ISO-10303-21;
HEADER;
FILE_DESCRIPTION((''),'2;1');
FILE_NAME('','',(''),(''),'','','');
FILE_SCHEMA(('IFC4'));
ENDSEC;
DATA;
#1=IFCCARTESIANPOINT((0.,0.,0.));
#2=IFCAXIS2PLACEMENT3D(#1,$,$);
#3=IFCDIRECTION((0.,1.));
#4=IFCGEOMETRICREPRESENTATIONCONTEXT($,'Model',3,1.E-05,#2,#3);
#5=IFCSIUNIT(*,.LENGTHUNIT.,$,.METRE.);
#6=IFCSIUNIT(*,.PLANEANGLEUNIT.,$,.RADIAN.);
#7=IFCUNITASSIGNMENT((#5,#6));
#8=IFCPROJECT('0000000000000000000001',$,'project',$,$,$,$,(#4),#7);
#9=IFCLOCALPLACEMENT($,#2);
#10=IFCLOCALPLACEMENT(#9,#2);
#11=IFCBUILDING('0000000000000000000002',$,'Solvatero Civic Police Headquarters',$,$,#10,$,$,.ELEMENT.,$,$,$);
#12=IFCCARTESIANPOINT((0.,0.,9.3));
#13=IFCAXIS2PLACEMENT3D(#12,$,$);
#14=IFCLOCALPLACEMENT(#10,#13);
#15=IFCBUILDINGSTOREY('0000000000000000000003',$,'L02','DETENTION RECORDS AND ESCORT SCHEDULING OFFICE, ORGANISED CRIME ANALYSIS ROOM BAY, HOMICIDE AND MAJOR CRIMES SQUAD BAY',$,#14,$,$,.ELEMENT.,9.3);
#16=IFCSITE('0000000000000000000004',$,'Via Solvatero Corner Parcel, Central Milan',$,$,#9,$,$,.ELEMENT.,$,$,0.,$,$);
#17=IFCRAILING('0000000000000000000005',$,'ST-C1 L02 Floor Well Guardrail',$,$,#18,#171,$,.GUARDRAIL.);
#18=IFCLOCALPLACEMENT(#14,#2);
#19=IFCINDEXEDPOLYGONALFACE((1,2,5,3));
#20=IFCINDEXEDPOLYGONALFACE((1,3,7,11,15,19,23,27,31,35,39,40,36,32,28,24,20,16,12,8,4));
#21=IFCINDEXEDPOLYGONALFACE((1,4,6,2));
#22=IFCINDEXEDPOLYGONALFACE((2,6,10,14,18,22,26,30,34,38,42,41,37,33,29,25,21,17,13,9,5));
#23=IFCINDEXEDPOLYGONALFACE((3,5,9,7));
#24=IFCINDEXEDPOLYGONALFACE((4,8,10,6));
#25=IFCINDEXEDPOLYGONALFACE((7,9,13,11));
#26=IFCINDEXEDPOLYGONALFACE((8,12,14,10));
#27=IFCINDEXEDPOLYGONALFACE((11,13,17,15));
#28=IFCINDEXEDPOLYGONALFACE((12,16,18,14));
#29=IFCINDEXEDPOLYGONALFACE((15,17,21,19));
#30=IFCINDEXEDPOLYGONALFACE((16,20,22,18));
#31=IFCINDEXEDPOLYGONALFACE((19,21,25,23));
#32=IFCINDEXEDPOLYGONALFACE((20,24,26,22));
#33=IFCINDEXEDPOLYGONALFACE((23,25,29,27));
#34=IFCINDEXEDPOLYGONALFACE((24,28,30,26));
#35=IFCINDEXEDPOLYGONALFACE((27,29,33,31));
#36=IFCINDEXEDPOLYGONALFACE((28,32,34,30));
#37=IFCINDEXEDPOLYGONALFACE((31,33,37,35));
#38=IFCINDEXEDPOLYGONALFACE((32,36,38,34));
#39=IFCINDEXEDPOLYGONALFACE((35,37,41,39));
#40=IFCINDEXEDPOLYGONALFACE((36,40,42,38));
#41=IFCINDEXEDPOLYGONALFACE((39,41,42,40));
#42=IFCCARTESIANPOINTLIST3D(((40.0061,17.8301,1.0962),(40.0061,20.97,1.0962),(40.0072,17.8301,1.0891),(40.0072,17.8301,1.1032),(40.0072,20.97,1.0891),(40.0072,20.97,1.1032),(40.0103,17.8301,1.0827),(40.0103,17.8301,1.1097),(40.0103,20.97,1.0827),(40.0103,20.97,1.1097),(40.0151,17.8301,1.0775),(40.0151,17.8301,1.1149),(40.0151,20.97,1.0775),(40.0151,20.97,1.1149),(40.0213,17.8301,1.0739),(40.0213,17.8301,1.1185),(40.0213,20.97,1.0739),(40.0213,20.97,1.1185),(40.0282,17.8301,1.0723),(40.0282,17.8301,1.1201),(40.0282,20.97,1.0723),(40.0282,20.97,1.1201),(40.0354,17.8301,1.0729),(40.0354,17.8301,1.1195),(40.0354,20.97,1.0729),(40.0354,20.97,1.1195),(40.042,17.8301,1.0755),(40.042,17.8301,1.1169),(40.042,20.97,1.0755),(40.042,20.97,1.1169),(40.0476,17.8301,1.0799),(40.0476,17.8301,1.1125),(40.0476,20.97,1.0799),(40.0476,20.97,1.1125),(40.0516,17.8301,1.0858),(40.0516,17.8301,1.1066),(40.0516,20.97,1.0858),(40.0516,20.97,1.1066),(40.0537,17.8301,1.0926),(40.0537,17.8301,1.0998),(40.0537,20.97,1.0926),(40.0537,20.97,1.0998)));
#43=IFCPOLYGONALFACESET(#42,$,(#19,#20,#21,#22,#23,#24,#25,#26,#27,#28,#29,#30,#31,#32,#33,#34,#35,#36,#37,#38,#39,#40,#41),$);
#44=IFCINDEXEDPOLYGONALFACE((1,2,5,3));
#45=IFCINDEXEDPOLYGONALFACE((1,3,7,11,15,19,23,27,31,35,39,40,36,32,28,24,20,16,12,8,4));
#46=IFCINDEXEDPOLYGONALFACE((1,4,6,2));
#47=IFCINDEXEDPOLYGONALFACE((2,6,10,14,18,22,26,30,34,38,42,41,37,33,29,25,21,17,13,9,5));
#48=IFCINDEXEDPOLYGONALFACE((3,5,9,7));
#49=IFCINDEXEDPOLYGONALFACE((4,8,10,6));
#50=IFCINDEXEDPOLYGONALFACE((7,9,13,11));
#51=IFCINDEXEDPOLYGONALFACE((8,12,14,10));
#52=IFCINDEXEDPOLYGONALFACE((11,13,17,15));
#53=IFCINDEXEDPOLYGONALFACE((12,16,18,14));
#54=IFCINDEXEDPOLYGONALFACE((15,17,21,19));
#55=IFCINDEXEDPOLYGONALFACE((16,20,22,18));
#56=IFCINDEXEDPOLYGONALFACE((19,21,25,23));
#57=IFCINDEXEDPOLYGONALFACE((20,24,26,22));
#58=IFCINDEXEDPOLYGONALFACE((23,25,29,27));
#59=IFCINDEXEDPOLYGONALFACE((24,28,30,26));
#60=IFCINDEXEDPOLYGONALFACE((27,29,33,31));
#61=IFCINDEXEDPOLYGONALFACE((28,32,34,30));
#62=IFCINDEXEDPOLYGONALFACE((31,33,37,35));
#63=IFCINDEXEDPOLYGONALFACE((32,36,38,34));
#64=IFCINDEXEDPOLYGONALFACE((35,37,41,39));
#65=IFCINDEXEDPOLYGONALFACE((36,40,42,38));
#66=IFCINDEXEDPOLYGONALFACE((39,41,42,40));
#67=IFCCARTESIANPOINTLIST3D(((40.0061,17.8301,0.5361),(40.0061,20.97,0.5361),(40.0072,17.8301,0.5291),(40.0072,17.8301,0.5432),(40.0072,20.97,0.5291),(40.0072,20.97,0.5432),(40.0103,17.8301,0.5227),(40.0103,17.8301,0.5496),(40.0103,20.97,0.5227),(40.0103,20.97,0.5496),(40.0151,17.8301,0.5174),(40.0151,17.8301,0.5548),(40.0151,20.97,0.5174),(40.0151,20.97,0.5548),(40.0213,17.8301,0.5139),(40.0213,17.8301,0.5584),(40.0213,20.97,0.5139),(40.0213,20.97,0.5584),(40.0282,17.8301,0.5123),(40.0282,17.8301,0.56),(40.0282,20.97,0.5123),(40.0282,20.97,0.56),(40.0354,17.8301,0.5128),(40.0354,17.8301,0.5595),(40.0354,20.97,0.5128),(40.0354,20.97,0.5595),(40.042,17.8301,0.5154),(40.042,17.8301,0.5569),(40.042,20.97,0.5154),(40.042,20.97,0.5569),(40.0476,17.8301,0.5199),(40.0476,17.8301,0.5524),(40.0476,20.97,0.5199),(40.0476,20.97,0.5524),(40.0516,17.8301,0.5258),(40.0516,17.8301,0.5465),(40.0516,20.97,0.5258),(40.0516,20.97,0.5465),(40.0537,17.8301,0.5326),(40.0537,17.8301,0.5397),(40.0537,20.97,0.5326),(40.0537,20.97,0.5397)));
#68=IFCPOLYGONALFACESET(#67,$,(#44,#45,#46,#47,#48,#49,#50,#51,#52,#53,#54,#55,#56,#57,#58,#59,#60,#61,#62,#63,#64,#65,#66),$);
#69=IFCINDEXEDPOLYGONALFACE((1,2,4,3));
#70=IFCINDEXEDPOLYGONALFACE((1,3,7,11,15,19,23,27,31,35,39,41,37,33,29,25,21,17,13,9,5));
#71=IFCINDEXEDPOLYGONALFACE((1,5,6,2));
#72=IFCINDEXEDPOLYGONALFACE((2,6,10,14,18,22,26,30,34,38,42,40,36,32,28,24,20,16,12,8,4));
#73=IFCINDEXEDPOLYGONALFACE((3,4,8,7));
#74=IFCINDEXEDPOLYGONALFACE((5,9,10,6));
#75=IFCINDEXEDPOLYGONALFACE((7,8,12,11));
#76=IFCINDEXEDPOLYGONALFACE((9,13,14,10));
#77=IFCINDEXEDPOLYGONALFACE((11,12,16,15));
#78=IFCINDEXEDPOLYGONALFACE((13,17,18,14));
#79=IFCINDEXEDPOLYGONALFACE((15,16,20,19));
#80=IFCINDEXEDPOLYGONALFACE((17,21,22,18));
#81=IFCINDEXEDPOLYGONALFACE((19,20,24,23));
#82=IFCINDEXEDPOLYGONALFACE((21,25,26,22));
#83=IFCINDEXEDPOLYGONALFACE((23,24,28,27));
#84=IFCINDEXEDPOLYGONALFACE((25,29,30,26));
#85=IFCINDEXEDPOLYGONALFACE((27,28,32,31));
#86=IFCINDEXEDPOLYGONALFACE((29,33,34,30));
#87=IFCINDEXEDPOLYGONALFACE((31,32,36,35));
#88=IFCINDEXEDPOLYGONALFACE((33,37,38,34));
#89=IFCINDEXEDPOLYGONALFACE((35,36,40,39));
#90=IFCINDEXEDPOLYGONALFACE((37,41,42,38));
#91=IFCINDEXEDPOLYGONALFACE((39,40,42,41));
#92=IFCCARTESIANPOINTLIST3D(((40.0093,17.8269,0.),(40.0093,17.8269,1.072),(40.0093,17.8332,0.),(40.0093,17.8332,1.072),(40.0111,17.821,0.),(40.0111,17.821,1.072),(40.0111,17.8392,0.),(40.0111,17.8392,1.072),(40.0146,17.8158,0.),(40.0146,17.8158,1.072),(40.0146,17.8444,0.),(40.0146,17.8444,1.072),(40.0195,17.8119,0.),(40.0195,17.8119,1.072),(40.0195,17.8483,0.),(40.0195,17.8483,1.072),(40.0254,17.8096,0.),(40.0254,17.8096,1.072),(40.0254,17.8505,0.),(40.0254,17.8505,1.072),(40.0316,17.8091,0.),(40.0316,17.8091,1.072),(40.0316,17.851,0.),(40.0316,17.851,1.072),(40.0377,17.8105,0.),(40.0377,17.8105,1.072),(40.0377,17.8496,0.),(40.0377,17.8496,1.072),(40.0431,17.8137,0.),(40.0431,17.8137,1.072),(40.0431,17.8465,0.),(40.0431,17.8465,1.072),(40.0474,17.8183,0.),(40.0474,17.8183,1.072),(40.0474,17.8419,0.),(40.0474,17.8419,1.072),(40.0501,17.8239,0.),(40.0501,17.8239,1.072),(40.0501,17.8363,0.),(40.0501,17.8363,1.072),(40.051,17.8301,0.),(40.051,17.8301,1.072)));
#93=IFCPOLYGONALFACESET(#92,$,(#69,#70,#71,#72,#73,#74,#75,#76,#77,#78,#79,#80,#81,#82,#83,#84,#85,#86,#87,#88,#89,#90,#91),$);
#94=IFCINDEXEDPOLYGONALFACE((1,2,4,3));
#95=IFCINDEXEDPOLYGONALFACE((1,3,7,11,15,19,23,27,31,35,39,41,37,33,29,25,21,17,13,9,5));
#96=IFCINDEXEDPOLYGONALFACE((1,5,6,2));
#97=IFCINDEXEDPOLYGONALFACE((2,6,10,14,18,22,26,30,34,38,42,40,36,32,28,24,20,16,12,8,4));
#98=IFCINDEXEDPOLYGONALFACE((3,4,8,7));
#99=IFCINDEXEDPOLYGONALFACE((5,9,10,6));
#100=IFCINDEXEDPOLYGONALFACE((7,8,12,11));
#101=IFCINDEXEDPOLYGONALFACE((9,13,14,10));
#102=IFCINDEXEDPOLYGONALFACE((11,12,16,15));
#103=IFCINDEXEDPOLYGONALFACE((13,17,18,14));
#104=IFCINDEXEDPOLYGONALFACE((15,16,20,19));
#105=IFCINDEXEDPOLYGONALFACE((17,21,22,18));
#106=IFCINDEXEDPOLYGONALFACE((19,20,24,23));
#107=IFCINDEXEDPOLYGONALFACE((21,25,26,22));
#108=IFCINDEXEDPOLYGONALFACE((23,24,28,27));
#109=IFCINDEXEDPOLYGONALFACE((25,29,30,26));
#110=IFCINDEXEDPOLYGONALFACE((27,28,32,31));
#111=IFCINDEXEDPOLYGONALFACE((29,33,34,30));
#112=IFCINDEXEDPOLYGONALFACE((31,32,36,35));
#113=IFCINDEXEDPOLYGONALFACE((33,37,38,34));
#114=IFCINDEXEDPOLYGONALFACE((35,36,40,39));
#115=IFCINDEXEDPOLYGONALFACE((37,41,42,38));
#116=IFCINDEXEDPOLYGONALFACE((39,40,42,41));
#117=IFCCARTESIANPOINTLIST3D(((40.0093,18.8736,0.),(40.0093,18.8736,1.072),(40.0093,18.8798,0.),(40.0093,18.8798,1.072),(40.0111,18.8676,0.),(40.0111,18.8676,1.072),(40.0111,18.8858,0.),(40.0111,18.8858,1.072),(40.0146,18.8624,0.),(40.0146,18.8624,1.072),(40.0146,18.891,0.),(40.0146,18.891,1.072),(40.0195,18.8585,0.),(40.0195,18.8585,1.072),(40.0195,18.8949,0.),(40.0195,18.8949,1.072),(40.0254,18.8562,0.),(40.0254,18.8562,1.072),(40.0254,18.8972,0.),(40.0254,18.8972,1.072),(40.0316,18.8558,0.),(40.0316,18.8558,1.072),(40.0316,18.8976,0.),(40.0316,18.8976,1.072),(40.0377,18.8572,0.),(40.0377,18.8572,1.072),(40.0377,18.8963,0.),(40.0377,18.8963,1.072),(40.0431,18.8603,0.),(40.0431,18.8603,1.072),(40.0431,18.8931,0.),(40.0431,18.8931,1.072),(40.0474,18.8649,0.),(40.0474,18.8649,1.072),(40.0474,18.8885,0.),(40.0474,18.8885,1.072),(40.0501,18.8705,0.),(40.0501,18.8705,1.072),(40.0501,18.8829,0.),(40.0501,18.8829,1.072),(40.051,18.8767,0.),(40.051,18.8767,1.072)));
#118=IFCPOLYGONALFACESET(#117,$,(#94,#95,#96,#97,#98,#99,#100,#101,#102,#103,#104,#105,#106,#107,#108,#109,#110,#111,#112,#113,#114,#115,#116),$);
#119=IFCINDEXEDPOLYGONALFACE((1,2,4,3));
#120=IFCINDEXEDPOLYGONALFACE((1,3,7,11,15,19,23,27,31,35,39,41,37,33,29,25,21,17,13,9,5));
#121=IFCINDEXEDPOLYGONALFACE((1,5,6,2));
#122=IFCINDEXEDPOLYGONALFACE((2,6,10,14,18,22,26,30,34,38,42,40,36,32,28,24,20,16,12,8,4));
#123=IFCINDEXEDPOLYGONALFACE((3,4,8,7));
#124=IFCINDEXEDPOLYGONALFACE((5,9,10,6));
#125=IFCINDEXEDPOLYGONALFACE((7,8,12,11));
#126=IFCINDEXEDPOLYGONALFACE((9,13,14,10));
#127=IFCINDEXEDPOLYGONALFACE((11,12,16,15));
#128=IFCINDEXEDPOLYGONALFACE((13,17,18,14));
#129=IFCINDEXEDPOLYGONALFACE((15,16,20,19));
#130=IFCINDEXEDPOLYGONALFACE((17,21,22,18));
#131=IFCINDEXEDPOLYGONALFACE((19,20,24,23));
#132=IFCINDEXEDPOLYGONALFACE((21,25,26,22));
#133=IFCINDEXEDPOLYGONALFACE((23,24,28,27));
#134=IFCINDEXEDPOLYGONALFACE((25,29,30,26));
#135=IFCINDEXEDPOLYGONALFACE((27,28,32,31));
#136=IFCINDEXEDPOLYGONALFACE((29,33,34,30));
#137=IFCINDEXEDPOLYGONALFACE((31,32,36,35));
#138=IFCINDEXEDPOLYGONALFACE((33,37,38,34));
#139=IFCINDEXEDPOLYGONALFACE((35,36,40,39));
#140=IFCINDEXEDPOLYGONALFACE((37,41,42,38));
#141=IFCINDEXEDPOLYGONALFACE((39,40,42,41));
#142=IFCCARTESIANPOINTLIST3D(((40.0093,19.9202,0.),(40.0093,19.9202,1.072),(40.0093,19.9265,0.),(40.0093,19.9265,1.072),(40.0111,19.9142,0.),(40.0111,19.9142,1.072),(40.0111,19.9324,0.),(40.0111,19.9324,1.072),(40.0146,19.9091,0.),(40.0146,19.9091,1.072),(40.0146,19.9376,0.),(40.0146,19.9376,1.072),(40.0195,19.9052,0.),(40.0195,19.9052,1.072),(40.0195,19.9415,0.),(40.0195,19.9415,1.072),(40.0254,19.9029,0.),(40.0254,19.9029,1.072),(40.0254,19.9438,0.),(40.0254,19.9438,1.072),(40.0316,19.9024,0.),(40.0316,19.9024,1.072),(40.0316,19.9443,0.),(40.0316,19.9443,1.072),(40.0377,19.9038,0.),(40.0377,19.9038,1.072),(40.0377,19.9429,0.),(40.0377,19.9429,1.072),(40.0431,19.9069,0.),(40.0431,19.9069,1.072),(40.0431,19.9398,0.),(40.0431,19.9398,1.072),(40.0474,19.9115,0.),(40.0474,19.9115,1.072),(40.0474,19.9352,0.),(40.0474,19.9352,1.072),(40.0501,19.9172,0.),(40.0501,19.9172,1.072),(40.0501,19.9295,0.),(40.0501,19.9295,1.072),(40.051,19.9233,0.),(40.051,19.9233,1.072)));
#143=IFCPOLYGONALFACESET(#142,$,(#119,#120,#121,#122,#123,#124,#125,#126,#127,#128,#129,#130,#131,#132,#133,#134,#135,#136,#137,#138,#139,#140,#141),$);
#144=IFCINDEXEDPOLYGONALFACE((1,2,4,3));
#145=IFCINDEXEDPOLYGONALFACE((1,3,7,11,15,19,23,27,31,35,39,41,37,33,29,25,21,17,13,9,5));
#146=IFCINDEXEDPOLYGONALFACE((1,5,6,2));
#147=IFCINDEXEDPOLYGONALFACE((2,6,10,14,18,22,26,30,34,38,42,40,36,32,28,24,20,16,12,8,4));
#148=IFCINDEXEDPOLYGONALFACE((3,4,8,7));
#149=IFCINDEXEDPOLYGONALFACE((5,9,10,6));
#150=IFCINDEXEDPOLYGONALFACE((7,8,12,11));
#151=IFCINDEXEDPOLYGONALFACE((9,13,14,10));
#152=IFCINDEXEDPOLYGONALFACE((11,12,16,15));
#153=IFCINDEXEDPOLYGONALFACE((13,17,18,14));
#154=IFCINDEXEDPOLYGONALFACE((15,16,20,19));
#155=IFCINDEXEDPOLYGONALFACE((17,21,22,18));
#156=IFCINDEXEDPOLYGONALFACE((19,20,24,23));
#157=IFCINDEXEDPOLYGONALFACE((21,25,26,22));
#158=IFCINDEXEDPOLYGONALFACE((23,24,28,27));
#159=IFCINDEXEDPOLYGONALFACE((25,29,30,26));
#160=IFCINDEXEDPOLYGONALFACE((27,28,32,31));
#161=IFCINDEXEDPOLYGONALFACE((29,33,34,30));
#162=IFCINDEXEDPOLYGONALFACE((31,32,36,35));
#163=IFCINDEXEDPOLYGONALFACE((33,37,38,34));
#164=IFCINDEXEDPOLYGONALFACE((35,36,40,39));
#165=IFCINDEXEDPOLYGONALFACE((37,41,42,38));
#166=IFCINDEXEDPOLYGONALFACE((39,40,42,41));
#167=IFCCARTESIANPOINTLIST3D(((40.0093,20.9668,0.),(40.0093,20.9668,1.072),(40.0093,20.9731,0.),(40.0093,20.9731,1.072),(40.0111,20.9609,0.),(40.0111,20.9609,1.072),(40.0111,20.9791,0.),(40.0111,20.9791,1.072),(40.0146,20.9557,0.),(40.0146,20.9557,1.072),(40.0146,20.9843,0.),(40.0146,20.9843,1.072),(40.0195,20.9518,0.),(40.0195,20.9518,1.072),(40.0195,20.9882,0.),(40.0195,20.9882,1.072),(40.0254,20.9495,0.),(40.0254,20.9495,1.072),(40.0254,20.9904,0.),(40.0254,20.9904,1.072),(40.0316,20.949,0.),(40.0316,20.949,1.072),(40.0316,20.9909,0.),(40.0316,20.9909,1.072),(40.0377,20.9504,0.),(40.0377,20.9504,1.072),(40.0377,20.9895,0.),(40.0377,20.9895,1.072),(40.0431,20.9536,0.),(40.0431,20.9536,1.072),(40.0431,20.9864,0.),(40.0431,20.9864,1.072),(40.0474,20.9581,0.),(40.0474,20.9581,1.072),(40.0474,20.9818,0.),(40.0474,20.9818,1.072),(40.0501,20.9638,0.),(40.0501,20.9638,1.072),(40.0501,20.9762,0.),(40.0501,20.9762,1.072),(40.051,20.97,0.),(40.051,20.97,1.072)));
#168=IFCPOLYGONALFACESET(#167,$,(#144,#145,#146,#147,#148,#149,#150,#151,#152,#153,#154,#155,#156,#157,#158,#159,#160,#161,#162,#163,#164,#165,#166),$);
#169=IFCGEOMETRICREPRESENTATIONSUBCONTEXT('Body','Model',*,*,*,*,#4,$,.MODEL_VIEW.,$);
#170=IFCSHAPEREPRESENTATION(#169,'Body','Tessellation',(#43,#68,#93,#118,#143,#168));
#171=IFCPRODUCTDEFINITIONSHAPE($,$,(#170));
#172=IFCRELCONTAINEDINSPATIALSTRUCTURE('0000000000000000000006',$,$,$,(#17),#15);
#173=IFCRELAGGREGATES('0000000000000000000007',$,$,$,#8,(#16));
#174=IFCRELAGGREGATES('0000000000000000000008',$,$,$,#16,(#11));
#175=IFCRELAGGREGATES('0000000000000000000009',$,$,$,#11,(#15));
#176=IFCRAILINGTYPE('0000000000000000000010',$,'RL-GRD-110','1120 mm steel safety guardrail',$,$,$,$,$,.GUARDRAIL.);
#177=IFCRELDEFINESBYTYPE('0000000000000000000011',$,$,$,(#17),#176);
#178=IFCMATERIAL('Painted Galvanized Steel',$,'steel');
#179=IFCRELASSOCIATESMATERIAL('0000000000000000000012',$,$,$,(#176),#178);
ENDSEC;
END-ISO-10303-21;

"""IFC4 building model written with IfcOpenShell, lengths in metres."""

from ifc_helpers import new_model, si_unit, direction, frame, origin, origin_2d, place, context, subcontext, project, spatial, circle, extrude, material, type_object, element, save


model = new_model("IFC4")

# Units and contexts
model_context = context("Model", 3, precision=1e-05, world=origin(), true_north=direction((0.0, 1.0)))
body_context = subcontext(model_context, "Body", "Model", "MODEL_VIEW")
ifc_project = project(units=[si_unit("LENGTHUNIT", "METRE"), si_unit("PLANEANGLEUNIT", "RADIAN")], contexts=[model_context])

# Site, building, storey
site_placement = place(None, origin())
site = spatial("IfcSite", under=ifc_project, at=site_placement, Name="Via Solvatero Corner Parcel, Central Milan", CompositionType="ELEMENT", RefElevation=0.0)
building_placement = place(site_placement, origin())
building = spatial("IfcBuilding", under=site, at=building_placement, Name="Solvatero Civic Police Headquarters", CompositionType="ELEMENT")
storey_placement = place(building_placement, frame((0.0, 0.0, 9.3)))
storey = spatial("IfcBuildingStorey", under=building, at=storey_placement, Name="L02", Description="DETENTION RECORDS AND ESCORT SCHEDULING OFFICE, ORGANISED CRIME ANALYSIS ROOM BAY, HOMICIDE AND MAJOR CRIMES SQUAD BAY", CompositionType="ELEMENT", Elevation=9.3)

# Railing
ifc_material_1 = material(Name="Painted Galvanized Steel", Category="steel")
railing_type_1 = type_object("IfcRailingType", Name="RL-GRD-110", Description="1120 mm steel safety guardrail", PredefinedType="GUARDRAIL", material=ifc_material_1)
railing_1_placement = place(storey_placement, frame((40.03, 17.8301, 0.0)))
element("IfcRailing", 1, at=railing_1_placement, inside=storey, type_object=railing_type_1, Name="ST-C1 L02 Floor Well Guardrail", PredefinedType="GUARDRAIL", context=body_context, shape_type="SweptSolid", body=[
    extrude(circle(Radius=0.0239, at=origin_2d()), frame((0.0, 0.0, 1.0962), z_axis=(0.0, 1.0, 0.0), x_axis=(-1.0, 0.0, 0.0)), (0.0, 0.0, 1.0), 3.1399),
    extrude(circle(Radius=0.0239, at=origin_2d()), frame((0.0, 0.0, 0.5361), z_axis=(0.0, 1.0, 0.0), x_axis=(-1.0, 0.0, 0.0)), (0.0, 0.0, 1.0), 3.1399),
    extrude(circle(Radius=0.021, at=origin_2d()), origin(), (0.0, 0.0, 1.0), 1.072),
    extrude(circle(Radius=0.021, at=origin_2d()), frame((0.0, 1.0466, 0.0)), (0.0, 0.0, 1.0), 1.072),
    extrude(circle(Radius=0.021, at=origin_2d()), frame((0.0, 2.0933, 0.0)), (0.0, 0.0, 1.0), 1.072),
    extrude(circle(Radius=0.021, at=origin_2d()), frame((0.0, 3.1399, 0.0)), (0.0, 0.0, 1.0), 1.072),
])

save(model, "model.ifc")
